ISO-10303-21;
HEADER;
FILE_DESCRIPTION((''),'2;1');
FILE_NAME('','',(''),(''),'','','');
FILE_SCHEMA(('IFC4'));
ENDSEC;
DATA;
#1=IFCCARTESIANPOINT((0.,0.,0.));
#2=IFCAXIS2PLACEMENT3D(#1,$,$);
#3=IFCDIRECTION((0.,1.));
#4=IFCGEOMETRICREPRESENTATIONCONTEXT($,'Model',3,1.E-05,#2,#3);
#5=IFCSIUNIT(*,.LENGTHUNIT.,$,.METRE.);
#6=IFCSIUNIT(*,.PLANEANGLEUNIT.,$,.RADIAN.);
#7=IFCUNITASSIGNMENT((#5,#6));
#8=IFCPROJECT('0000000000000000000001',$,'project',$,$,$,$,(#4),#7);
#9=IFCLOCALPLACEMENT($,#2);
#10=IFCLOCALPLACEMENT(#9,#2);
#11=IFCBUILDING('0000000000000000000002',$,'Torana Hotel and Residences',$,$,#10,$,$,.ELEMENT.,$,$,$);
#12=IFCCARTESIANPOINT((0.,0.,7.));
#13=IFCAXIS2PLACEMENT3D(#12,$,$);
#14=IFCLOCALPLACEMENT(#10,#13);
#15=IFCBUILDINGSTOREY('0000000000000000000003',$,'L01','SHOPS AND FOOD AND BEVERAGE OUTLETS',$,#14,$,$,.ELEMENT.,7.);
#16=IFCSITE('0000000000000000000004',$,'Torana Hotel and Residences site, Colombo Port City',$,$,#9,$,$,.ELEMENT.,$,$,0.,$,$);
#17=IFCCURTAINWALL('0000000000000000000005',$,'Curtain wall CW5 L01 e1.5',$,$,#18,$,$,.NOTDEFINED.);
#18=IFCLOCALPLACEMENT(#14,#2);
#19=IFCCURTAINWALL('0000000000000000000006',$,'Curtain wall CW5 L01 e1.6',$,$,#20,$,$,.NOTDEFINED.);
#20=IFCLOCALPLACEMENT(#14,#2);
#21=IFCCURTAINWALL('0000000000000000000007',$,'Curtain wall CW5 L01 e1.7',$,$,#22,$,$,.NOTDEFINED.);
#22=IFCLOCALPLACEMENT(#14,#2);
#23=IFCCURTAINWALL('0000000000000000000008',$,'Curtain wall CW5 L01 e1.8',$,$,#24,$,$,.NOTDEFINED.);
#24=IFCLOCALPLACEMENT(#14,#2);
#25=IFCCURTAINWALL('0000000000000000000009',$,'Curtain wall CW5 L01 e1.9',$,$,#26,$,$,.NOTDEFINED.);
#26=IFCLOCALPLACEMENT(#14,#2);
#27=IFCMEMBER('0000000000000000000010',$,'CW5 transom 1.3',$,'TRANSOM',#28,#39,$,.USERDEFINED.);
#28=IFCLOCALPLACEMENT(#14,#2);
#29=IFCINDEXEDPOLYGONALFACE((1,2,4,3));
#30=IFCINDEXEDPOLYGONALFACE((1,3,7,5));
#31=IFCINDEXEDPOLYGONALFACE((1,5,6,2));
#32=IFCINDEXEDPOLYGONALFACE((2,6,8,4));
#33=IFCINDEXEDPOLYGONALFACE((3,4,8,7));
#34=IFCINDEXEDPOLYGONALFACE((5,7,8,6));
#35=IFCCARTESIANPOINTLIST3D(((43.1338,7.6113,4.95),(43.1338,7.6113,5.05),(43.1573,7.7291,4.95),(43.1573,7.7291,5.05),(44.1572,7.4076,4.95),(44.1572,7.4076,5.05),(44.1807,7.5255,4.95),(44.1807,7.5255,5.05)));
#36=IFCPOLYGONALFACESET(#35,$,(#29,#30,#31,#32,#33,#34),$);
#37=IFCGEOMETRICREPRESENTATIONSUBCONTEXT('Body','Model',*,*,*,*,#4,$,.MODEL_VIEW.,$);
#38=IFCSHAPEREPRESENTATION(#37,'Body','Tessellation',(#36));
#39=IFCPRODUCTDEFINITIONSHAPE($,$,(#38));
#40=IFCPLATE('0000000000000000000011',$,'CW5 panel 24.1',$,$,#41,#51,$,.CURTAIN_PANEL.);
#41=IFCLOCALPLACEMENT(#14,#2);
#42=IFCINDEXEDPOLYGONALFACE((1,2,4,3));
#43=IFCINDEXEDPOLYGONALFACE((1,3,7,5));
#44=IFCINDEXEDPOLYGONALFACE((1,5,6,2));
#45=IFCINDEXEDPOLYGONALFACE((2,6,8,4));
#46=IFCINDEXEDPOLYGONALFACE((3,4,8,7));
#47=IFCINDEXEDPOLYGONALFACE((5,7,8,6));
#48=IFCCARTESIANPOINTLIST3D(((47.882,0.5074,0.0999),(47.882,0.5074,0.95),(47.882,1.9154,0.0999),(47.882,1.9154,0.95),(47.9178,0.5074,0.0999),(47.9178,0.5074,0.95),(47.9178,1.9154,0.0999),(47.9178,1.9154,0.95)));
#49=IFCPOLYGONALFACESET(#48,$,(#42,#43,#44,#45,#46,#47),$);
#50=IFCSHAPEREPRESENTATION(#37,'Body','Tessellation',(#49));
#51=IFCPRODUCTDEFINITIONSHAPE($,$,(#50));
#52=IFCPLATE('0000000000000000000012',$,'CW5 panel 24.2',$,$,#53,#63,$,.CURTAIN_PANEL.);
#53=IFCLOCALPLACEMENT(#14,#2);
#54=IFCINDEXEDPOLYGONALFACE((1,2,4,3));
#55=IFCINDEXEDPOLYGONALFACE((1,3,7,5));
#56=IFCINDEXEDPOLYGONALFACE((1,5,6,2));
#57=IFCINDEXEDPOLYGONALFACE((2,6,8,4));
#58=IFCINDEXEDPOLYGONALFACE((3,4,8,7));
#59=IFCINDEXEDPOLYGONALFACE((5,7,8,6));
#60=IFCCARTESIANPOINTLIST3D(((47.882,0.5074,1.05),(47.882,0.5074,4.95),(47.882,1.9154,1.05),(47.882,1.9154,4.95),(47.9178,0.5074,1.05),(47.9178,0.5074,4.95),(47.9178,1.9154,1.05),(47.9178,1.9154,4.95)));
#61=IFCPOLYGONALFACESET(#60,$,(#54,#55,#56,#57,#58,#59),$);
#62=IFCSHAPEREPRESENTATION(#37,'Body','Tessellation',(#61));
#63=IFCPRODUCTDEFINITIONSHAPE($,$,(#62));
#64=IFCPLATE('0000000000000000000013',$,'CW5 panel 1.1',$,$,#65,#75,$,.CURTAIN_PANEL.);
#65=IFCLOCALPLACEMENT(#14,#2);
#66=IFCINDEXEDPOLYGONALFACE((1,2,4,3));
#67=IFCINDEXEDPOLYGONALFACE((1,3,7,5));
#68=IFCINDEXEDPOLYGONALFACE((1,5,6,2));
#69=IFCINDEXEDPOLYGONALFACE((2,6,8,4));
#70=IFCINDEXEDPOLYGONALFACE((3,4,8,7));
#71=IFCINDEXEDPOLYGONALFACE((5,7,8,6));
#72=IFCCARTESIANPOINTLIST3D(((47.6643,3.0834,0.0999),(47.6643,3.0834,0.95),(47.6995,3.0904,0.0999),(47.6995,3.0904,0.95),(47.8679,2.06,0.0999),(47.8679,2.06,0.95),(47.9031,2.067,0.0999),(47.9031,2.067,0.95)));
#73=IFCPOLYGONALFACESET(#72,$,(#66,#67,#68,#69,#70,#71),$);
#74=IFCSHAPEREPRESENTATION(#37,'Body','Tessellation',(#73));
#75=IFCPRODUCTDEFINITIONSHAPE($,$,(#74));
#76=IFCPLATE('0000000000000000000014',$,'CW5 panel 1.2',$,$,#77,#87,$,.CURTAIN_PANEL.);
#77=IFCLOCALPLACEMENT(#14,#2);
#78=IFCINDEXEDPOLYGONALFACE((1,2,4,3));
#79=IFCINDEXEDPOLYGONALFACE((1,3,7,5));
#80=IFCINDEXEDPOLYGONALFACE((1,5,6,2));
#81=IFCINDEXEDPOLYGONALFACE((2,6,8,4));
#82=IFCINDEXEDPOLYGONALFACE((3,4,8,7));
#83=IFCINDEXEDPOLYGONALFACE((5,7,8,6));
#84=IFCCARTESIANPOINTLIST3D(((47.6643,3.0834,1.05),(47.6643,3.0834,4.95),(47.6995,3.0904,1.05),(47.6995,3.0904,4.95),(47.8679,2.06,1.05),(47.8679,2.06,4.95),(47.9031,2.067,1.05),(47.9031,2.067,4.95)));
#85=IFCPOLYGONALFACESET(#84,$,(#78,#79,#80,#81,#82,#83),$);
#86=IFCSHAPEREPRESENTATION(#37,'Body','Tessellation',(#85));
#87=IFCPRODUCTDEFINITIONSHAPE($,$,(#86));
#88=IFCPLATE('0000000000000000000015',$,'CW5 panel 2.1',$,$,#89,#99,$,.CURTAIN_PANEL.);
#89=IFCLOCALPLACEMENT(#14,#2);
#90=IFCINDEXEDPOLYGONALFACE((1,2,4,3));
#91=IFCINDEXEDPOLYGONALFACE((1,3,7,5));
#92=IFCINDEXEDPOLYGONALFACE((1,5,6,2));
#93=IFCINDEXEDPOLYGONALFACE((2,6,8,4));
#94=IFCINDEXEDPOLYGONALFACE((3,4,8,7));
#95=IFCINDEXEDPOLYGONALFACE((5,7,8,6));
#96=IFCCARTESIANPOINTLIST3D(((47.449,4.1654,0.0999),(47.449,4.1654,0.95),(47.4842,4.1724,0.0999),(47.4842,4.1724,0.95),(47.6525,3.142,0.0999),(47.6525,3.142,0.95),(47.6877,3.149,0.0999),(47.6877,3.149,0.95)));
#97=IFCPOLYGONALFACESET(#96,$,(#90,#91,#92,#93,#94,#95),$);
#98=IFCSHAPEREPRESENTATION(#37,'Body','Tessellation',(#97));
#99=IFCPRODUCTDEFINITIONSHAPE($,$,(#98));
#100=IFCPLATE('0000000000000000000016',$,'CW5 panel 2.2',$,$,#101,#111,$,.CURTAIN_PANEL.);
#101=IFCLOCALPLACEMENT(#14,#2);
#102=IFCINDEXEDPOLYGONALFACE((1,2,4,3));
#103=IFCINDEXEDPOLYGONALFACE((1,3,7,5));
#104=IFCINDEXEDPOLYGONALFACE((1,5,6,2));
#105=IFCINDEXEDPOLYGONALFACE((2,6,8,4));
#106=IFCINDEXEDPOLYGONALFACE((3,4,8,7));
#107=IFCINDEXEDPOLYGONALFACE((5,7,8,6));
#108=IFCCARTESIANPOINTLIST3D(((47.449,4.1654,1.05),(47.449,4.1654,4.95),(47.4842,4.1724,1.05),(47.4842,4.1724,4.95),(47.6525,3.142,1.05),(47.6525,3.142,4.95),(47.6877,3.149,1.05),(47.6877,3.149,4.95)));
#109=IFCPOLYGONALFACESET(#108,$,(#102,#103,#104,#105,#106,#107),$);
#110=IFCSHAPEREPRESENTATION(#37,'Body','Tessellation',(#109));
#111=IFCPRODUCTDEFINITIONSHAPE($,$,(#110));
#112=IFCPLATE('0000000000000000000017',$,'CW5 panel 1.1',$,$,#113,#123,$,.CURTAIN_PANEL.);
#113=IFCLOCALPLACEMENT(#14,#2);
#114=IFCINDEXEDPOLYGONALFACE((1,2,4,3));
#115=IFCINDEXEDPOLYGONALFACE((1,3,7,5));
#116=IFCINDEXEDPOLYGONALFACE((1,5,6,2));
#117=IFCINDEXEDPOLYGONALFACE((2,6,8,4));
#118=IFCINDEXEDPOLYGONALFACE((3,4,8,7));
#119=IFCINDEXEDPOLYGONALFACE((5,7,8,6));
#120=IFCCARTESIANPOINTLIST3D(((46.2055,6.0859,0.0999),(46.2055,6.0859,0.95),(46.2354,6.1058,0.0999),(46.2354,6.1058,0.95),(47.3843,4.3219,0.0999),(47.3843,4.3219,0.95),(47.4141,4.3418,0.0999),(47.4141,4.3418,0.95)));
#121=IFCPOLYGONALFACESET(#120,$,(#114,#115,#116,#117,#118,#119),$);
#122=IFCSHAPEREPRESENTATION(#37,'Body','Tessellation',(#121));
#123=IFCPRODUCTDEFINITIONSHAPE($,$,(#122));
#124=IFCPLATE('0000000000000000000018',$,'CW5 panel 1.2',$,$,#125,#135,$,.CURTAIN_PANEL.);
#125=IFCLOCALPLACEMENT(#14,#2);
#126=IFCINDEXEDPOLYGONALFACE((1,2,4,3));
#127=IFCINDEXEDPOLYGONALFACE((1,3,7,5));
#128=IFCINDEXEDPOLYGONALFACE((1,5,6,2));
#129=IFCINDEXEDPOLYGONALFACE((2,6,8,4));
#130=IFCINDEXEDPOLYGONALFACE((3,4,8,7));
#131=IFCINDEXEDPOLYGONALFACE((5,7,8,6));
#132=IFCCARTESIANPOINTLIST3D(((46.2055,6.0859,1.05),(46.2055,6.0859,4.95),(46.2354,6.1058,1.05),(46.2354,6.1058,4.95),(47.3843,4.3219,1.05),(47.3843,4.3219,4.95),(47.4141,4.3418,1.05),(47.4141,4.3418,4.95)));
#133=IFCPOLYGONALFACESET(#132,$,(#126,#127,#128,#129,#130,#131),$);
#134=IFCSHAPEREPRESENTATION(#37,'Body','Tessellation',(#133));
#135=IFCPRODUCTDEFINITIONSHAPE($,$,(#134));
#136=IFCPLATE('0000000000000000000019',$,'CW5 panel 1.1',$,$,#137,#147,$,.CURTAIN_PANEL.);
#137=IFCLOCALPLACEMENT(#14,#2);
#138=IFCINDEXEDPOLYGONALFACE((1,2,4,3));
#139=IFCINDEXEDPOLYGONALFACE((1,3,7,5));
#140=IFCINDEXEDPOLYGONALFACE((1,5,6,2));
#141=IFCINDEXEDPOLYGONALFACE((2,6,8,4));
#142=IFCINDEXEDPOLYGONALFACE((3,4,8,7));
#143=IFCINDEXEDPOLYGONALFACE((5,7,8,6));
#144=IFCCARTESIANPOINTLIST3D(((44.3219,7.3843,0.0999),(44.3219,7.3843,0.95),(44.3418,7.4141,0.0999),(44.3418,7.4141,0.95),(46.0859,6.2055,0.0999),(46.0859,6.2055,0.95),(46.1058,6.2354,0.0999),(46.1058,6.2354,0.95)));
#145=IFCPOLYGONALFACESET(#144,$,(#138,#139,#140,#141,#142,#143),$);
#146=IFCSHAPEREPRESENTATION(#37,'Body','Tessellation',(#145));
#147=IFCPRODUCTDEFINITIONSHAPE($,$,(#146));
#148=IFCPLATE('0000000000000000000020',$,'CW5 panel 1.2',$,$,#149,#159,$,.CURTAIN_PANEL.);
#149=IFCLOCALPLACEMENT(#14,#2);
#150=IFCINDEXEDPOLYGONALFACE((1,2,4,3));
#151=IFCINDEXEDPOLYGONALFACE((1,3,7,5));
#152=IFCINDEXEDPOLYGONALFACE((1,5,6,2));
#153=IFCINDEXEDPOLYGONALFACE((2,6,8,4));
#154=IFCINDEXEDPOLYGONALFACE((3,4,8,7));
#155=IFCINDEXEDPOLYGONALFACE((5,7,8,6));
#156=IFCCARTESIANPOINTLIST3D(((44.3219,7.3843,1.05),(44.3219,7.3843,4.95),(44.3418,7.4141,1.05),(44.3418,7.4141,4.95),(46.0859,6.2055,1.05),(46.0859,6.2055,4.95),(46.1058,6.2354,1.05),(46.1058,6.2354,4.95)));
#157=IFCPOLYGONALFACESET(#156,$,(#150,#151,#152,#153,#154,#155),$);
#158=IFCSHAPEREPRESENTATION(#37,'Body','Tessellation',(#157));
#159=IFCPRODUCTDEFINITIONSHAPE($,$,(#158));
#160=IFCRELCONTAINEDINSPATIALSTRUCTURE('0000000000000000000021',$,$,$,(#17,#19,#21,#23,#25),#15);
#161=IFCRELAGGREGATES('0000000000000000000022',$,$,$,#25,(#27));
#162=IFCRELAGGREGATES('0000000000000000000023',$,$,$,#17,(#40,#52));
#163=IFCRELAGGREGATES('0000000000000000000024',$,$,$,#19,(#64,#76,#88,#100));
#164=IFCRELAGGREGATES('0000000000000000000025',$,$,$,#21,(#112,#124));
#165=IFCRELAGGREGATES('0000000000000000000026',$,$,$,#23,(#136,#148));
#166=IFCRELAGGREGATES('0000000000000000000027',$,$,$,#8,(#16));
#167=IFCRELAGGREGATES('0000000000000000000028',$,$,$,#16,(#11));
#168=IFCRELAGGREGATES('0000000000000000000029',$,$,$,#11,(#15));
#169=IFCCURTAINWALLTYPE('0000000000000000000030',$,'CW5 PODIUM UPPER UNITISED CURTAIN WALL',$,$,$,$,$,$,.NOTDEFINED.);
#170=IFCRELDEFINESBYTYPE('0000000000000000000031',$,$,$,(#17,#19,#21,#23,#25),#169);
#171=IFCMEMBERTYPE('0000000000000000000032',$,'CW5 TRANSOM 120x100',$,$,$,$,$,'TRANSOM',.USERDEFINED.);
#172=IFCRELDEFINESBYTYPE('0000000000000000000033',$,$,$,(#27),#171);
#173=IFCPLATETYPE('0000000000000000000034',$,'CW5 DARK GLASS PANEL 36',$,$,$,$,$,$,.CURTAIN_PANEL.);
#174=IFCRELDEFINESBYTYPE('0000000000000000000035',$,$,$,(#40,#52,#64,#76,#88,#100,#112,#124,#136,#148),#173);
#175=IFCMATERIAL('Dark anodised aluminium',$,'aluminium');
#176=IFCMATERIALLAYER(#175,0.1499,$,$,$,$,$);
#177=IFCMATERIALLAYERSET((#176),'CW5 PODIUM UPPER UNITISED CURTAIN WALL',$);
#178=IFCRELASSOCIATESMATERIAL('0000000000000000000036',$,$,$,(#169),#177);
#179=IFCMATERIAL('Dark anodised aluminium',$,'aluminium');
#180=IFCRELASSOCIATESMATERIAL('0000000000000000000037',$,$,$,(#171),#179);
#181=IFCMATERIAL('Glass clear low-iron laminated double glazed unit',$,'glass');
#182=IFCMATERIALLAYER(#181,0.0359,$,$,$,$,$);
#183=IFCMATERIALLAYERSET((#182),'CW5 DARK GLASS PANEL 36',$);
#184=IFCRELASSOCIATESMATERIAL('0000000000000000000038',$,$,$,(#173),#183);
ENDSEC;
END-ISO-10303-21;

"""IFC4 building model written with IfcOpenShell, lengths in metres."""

from ifc_helpers import new_model, si_unit, direction, frame, origin, origin_2d, place, context, subcontext, project, spatial, rectangle, extrude, material, layer, layer_set, material_profile, profile_set, type_object, element, aggregate, save


model = new_model("IFC4")

# Units and contexts
model_context = context("Model", 3, precision=1e-05, world=origin(), true_north=direction((0.0, 1.0)))
body_context = subcontext(model_context, "Body", "Model", "MODEL_VIEW")
ifc_project = project(units=[si_unit("LENGTHUNIT", "METRE"), si_unit("PLANEANGLEUNIT", "RADIAN")], contexts=[model_context])

# Site, building, storey
site_placement = place(None, origin())
site = spatial("IfcSite", under=ifc_project, at=site_placement, Name="Torana Hotel and Residences site, Colombo Port City", CompositionType="ELEMENT", RefElevation=0.0)
building_placement = place(site_placement, origin())
building = spatial("IfcBuilding", under=site, at=building_placement, Name="Torana Hotel and Residences", CompositionType="ELEMENT")
storey_placement = place(building_placement, frame((0.0, 0.0, 7.0)))
storey = spatial("IfcBuildingStorey", under=building, at=storey_placement, Name="L01", Description="SHOPS AND FOOD AND BEVERAGE OUTLETS", CompositionType="ELEMENT", Elevation=7.0)

# Curtain walls
ifc_material_1 = material(Name="Dark anodised aluminium", Category="aluminium")
ifc_layer_1 = layer(ifc_material_1, 0.1499)
ifc_layer_set_1 = layer_set([ifc_layer_1], Name="CW5 PODIUM UPPER UNITISED CURTAIN WALL")
curtain_wall_type = type_object("IfcCurtainWallType", Name="CW5 PODIUM UPPER UNITISED CURTAIN WALL", PredefinedType="NOTDEFINED", material=ifc_layer_set_1)
curtain_wall_1_placement = place(storey_placement, origin())
curtain_wall_1 = element("IfcCurtainWall", 1, at=curtain_wall_1_placement, inside=storey, type_object=curtain_wall_type, Name="Curtain wall CW5 L01 e1.5", PredefinedType="NOTDEFINED")
curtain_wall_2_placement = place(storey_placement, origin())
curtain_wall_2 = element("IfcCurtainWall", 2, at=curtain_wall_2_placement, inside=storey, type_object=curtain_wall_type, Name="Curtain wall CW5 L01 e1.6", PredefinedType="NOTDEFINED")
curtain_wall_3_placement = place(storey_placement, origin())
curtain_wall_3 = element("IfcCurtainWall", 3, at=curtain_wall_3_placement, inside=storey, type_object=curtain_wall_type, Name="Curtain wall CW5 L01 e1.7", PredefinedType="NOTDEFINED")
curtain_wall_4_placement = place(storey_placement, origin())
curtain_wall_4 = element("IfcCurtainWall", 4, at=curtain_wall_4_placement, inside=storey, type_object=curtain_wall_type, Name="Curtain wall CW5 L01 e1.8", PredefinedType="NOTDEFINED")

# Curtain wall
curtain_wall_5_placement = place(storey_placement, origin())
curtain_wall_5 = element("IfcCurtainWall", 5, at=curtain_wall_5_placement, inside=storey, type_object=curtain_wall_type, Name="Curtain wall CW5 L01 e1.9", PredefinedType="NOTDEFINED")

# Member
ifc_material_2 = material(Name="Dark anodised aluminium", Category="aluminium")
ifc_material_profile_1 = material_profile(ifc_material_2, rectangle(XDim=0.1201, YDim=0.1001, at=origin_2d()), Name="CW5 TRANSOM 120x100")
ifc_profile_set_1 = profile_set([ifc_material_profile_1], Name="Dark anodised aluminium")
member_type_1 = type_object("IfcMemberType", Name="CW5 TRANSOM 120x100", ElementType="TRANSOM", PredefinedType="USERDEFINED", material=ifc_profile_set_1)
member_1_placement = place(storey_placement, frame((44.1689, 7.4666, 5.0), z_axis=(-0.980778, 0.195126, 0.0), x_axis=(-0.195126, -0.980778, 0.0)))
member_1 = element("IfcMember", 6, at=member_1_placement, type_object=member_type_1, Name="CW5 transom 1.3", ObjectType="TRANSOM", PredefinedType="USERDEFINED", context=body_context, shape_type="SweptSolid", body=[
    extrude(rectangle(XDim=0.1201, YDim=0.1001, at=origin_2d()), origin(), (0.0, 0.0, 1.0), 1.0435),
])
aggregate(curtain_wall_5, [member_1])

# Plates
ifc_material_3 = material(Name="Glass clear low-iron laminated double glazed unit", Category="glass")
ifc_layer_2 = layer(ifc_material_3, 0.0359)
ifc_layer_set_2 = layer_set([ifc_layer_2], Name="CW5 DARK GLASS PANEL 36")
plate_type = type_object("IfcPlateType", Name="CW5 DARK GLASS PANEL 36", PredefinedType="CURTAIN_PANEL", material=ifc_layer_set_2)
plate_1_placement = place(storey_placement, frame((47.8999, 1.2114, 0.0999), z_axis=(0.0, 0.0, 1.0), x_axis=(0.0, 1.0, 0.0)))
plate_1 = element("IfcPlate", 7, at=plate_1_placement, type_object=plate_type, Name="CW5 panel 24.1", PredefinedType="CURTAIN_PANEL", context=body_context, shape_type="SweptSolid", body=[
    extrude(rectangle(XDim=1.408, YDim=0.0359, at=origin_2d()), origin(), (0.0, 0.0, 1.0), 0.8501),
])
plate_2_placement = place(storey_placement, frame((47.8999, 1.2114, 1.05), z_axis=(0.0, 0.0, 1.0), x_axis=(0.0, 1.0, 0.0)))
plate_2 = element("IfcPlate", 8, at=plate_2_placement, type_object=plate_type, Name="CW5 panel 24.2", PredefinedType="CURTAIN_PANEL", context=body_context, shape_type="SweptSolid", body=[
    extrude(rectangle(XDim=1.408, YDim=0.0359, at=origin_2d()), origin(), (0.0, 0.0, 1.0), 3.8999),
])
aggregate(curtain_wall_1, [plate_1, plate_2])
plate_3_placement = place(storey_placement, frame((47.7837, 2.5752, 0.0999), z_axis=(0.0, 0.0, 1.0), x_axis=(-0.195081, 0.980787, 0.0)))
plate_3 = element("IfcPlate", 9, at=plate_3_placement, type_object=plate_type, Name="CW5 panel 1.1", PredefinedType="CURTAIN_PANEL", context=body_context, shape_type="SweptSolid", body=[
    extrude(rectangle(XDim=1.0435, YDim=0.0359, at=origin_2d()), origin(), (0.0, 0.0, 1.0), 0.8501),
])
plate_4_placement = place(storey_placement, frame((47.7837, 2.5752, 1.05), z_axis=(0.0, 0.0, 1.0), x_axis=(-0.195081, 0.980787, 0.0)))
plate_4 = element("IfcPlate", 10, at=plate_4_placement, type_object=plate_type, Name="CW5 panel 1.2", PredefinedType="CURTAIN_PANEL", context=body_context, shape_type="SweptSolid", body=[
    extrude(rectangle(XDim=1.0435, YDim=0.0359, at=origin_2d()), origin(), (0.0, 0.0, 1.0), 3.8999),
])
plate_5_placement = place(storey_placement, frame((47.5684, 3.6572, 0.0999), z_axis=(0.0, 0.0, 1.0), x_axis=(-0.195081, 0.980787, 0.0)))
plate_5 = element("IfcPlate", 11, at=plate_5_placement, type_object=plate_type, Name="CW5 panel 2.1", PredefinedType="CURTAIN_PANEL", context=body_context, shape_type="SweptSolid", body=[
    extrude(rectangle(XDim=1.0435, YDim=0.0359, at=origin_2d()), origin(), (0.0, 0.0, 1.0), 0.8501),
])
plate_6_placement = place(storey_placement, frame((47.5684, 3.6572, 1.05), z_axis=(0.0, 0.0, 1.0), x_axis=(-0.195081, 0.980787, 0.0)))
plate_6 = element("IfcPlate", 12, at=plate_6_placement, type_object=plate_type, Name="CW5 panel 2.2", PredefinedType="CURTAIN_PANEL", context=body_context, shape_type="SweptSolid", body=[
    extrude(rectangle(XDim=1.0435, YDim=0.0359, at=origin_2d()), origin(), (0.0, 0.0, 1.0), 3.8999),
])
aggregate(curtain_wall_2, [plate_3, plate_4, plate_5, plate_6])
plate_7_placement = place(storey_placement, frame((46.8098, 5.2139, 0.0999), z_axis=(0.0, 0.0, 1.0), x_axis=(-0.555585, 0.83146, 0.0)))
plate_7 = element("IfcPlate", 13, at=plate_7_placement, type_object=plate_type, Name="CW5 panel 1.1", PredefinedType="CURTAIN_PANEL", context=body_context, shape_type="SweptSolid", body=[
    extrude(rectangle(XDim=2.1216, YDim=0.0359, at=origin_2d()), origin(), (0.0, 0.0, 1.0), 0.8501),
])
plate_8_placement = place(storey_placement, frame((46.8098, 5.2139, 1.05), z_axis=(0.0, 0.0, 1.0), x_axis=(-0.555585, 0.83146, 0.0)))
plate_8 = element("IfcPlate", 14, at=plate_8_placement, type_object=plate_type, Name="CW5 panel 1.2", PredefinedType="CURTAIN_PANEL", context=body_context, shape_type="SweptSolid", body=[
    extrude(rectangle(XDim=2.1216, YDim=0.0359, at=origin_2d()), origin(), (0.0, 0.0, 1.0), 3.8999),
])
aggregate(curtain_wall_3, [plate_7, plate_8])
plate_9_placement = place(storey_placement, frame((45.2139, 6.8098, 0.0999), z_axis=(0.0, 0.0, 1.0), x_axis=(-0.83146, 0.555585, 0.0)))
plate_9 = element("IfcPlate", 15, at=plate_9_placement, type_object=plate_type, Name="CW5 panel 1.1", PredefinedType="CURTAIN_PANEL", context=body_context, shape_type="SweptSolid", body=[
    extrude(rectangle(XDim=2.1216, YDim=0.0359, at=origin_2d()), origin(), (0.0, 0.0, 1.0), 0.8501),
])
plate_10_placement = place(storey_placement, frame((45.2139, 6.8098, 1.05), z_axis=(0.0, 0.0, 1.0), x_axis=(-0.83146, 0.555585, 0.0)))
plate_10 = element("IfcPlate", 16, at=plate_10_placement, type_object=plate_type, Name="CW5 panel 1.2", PredefinedType="CURTAIN_PANEL", context=body_context, shape_type="SweptSolid", body=[
    extrude(rectangle(XDim=2.1216, YDim=0.0359, at=origin_2d()), origin(), (0.0, 0.0, 1.0), 3.8999),
])
aggregate(curtain_wall_4, [plate_9, plate_10])

save(model, "model.ifc")
